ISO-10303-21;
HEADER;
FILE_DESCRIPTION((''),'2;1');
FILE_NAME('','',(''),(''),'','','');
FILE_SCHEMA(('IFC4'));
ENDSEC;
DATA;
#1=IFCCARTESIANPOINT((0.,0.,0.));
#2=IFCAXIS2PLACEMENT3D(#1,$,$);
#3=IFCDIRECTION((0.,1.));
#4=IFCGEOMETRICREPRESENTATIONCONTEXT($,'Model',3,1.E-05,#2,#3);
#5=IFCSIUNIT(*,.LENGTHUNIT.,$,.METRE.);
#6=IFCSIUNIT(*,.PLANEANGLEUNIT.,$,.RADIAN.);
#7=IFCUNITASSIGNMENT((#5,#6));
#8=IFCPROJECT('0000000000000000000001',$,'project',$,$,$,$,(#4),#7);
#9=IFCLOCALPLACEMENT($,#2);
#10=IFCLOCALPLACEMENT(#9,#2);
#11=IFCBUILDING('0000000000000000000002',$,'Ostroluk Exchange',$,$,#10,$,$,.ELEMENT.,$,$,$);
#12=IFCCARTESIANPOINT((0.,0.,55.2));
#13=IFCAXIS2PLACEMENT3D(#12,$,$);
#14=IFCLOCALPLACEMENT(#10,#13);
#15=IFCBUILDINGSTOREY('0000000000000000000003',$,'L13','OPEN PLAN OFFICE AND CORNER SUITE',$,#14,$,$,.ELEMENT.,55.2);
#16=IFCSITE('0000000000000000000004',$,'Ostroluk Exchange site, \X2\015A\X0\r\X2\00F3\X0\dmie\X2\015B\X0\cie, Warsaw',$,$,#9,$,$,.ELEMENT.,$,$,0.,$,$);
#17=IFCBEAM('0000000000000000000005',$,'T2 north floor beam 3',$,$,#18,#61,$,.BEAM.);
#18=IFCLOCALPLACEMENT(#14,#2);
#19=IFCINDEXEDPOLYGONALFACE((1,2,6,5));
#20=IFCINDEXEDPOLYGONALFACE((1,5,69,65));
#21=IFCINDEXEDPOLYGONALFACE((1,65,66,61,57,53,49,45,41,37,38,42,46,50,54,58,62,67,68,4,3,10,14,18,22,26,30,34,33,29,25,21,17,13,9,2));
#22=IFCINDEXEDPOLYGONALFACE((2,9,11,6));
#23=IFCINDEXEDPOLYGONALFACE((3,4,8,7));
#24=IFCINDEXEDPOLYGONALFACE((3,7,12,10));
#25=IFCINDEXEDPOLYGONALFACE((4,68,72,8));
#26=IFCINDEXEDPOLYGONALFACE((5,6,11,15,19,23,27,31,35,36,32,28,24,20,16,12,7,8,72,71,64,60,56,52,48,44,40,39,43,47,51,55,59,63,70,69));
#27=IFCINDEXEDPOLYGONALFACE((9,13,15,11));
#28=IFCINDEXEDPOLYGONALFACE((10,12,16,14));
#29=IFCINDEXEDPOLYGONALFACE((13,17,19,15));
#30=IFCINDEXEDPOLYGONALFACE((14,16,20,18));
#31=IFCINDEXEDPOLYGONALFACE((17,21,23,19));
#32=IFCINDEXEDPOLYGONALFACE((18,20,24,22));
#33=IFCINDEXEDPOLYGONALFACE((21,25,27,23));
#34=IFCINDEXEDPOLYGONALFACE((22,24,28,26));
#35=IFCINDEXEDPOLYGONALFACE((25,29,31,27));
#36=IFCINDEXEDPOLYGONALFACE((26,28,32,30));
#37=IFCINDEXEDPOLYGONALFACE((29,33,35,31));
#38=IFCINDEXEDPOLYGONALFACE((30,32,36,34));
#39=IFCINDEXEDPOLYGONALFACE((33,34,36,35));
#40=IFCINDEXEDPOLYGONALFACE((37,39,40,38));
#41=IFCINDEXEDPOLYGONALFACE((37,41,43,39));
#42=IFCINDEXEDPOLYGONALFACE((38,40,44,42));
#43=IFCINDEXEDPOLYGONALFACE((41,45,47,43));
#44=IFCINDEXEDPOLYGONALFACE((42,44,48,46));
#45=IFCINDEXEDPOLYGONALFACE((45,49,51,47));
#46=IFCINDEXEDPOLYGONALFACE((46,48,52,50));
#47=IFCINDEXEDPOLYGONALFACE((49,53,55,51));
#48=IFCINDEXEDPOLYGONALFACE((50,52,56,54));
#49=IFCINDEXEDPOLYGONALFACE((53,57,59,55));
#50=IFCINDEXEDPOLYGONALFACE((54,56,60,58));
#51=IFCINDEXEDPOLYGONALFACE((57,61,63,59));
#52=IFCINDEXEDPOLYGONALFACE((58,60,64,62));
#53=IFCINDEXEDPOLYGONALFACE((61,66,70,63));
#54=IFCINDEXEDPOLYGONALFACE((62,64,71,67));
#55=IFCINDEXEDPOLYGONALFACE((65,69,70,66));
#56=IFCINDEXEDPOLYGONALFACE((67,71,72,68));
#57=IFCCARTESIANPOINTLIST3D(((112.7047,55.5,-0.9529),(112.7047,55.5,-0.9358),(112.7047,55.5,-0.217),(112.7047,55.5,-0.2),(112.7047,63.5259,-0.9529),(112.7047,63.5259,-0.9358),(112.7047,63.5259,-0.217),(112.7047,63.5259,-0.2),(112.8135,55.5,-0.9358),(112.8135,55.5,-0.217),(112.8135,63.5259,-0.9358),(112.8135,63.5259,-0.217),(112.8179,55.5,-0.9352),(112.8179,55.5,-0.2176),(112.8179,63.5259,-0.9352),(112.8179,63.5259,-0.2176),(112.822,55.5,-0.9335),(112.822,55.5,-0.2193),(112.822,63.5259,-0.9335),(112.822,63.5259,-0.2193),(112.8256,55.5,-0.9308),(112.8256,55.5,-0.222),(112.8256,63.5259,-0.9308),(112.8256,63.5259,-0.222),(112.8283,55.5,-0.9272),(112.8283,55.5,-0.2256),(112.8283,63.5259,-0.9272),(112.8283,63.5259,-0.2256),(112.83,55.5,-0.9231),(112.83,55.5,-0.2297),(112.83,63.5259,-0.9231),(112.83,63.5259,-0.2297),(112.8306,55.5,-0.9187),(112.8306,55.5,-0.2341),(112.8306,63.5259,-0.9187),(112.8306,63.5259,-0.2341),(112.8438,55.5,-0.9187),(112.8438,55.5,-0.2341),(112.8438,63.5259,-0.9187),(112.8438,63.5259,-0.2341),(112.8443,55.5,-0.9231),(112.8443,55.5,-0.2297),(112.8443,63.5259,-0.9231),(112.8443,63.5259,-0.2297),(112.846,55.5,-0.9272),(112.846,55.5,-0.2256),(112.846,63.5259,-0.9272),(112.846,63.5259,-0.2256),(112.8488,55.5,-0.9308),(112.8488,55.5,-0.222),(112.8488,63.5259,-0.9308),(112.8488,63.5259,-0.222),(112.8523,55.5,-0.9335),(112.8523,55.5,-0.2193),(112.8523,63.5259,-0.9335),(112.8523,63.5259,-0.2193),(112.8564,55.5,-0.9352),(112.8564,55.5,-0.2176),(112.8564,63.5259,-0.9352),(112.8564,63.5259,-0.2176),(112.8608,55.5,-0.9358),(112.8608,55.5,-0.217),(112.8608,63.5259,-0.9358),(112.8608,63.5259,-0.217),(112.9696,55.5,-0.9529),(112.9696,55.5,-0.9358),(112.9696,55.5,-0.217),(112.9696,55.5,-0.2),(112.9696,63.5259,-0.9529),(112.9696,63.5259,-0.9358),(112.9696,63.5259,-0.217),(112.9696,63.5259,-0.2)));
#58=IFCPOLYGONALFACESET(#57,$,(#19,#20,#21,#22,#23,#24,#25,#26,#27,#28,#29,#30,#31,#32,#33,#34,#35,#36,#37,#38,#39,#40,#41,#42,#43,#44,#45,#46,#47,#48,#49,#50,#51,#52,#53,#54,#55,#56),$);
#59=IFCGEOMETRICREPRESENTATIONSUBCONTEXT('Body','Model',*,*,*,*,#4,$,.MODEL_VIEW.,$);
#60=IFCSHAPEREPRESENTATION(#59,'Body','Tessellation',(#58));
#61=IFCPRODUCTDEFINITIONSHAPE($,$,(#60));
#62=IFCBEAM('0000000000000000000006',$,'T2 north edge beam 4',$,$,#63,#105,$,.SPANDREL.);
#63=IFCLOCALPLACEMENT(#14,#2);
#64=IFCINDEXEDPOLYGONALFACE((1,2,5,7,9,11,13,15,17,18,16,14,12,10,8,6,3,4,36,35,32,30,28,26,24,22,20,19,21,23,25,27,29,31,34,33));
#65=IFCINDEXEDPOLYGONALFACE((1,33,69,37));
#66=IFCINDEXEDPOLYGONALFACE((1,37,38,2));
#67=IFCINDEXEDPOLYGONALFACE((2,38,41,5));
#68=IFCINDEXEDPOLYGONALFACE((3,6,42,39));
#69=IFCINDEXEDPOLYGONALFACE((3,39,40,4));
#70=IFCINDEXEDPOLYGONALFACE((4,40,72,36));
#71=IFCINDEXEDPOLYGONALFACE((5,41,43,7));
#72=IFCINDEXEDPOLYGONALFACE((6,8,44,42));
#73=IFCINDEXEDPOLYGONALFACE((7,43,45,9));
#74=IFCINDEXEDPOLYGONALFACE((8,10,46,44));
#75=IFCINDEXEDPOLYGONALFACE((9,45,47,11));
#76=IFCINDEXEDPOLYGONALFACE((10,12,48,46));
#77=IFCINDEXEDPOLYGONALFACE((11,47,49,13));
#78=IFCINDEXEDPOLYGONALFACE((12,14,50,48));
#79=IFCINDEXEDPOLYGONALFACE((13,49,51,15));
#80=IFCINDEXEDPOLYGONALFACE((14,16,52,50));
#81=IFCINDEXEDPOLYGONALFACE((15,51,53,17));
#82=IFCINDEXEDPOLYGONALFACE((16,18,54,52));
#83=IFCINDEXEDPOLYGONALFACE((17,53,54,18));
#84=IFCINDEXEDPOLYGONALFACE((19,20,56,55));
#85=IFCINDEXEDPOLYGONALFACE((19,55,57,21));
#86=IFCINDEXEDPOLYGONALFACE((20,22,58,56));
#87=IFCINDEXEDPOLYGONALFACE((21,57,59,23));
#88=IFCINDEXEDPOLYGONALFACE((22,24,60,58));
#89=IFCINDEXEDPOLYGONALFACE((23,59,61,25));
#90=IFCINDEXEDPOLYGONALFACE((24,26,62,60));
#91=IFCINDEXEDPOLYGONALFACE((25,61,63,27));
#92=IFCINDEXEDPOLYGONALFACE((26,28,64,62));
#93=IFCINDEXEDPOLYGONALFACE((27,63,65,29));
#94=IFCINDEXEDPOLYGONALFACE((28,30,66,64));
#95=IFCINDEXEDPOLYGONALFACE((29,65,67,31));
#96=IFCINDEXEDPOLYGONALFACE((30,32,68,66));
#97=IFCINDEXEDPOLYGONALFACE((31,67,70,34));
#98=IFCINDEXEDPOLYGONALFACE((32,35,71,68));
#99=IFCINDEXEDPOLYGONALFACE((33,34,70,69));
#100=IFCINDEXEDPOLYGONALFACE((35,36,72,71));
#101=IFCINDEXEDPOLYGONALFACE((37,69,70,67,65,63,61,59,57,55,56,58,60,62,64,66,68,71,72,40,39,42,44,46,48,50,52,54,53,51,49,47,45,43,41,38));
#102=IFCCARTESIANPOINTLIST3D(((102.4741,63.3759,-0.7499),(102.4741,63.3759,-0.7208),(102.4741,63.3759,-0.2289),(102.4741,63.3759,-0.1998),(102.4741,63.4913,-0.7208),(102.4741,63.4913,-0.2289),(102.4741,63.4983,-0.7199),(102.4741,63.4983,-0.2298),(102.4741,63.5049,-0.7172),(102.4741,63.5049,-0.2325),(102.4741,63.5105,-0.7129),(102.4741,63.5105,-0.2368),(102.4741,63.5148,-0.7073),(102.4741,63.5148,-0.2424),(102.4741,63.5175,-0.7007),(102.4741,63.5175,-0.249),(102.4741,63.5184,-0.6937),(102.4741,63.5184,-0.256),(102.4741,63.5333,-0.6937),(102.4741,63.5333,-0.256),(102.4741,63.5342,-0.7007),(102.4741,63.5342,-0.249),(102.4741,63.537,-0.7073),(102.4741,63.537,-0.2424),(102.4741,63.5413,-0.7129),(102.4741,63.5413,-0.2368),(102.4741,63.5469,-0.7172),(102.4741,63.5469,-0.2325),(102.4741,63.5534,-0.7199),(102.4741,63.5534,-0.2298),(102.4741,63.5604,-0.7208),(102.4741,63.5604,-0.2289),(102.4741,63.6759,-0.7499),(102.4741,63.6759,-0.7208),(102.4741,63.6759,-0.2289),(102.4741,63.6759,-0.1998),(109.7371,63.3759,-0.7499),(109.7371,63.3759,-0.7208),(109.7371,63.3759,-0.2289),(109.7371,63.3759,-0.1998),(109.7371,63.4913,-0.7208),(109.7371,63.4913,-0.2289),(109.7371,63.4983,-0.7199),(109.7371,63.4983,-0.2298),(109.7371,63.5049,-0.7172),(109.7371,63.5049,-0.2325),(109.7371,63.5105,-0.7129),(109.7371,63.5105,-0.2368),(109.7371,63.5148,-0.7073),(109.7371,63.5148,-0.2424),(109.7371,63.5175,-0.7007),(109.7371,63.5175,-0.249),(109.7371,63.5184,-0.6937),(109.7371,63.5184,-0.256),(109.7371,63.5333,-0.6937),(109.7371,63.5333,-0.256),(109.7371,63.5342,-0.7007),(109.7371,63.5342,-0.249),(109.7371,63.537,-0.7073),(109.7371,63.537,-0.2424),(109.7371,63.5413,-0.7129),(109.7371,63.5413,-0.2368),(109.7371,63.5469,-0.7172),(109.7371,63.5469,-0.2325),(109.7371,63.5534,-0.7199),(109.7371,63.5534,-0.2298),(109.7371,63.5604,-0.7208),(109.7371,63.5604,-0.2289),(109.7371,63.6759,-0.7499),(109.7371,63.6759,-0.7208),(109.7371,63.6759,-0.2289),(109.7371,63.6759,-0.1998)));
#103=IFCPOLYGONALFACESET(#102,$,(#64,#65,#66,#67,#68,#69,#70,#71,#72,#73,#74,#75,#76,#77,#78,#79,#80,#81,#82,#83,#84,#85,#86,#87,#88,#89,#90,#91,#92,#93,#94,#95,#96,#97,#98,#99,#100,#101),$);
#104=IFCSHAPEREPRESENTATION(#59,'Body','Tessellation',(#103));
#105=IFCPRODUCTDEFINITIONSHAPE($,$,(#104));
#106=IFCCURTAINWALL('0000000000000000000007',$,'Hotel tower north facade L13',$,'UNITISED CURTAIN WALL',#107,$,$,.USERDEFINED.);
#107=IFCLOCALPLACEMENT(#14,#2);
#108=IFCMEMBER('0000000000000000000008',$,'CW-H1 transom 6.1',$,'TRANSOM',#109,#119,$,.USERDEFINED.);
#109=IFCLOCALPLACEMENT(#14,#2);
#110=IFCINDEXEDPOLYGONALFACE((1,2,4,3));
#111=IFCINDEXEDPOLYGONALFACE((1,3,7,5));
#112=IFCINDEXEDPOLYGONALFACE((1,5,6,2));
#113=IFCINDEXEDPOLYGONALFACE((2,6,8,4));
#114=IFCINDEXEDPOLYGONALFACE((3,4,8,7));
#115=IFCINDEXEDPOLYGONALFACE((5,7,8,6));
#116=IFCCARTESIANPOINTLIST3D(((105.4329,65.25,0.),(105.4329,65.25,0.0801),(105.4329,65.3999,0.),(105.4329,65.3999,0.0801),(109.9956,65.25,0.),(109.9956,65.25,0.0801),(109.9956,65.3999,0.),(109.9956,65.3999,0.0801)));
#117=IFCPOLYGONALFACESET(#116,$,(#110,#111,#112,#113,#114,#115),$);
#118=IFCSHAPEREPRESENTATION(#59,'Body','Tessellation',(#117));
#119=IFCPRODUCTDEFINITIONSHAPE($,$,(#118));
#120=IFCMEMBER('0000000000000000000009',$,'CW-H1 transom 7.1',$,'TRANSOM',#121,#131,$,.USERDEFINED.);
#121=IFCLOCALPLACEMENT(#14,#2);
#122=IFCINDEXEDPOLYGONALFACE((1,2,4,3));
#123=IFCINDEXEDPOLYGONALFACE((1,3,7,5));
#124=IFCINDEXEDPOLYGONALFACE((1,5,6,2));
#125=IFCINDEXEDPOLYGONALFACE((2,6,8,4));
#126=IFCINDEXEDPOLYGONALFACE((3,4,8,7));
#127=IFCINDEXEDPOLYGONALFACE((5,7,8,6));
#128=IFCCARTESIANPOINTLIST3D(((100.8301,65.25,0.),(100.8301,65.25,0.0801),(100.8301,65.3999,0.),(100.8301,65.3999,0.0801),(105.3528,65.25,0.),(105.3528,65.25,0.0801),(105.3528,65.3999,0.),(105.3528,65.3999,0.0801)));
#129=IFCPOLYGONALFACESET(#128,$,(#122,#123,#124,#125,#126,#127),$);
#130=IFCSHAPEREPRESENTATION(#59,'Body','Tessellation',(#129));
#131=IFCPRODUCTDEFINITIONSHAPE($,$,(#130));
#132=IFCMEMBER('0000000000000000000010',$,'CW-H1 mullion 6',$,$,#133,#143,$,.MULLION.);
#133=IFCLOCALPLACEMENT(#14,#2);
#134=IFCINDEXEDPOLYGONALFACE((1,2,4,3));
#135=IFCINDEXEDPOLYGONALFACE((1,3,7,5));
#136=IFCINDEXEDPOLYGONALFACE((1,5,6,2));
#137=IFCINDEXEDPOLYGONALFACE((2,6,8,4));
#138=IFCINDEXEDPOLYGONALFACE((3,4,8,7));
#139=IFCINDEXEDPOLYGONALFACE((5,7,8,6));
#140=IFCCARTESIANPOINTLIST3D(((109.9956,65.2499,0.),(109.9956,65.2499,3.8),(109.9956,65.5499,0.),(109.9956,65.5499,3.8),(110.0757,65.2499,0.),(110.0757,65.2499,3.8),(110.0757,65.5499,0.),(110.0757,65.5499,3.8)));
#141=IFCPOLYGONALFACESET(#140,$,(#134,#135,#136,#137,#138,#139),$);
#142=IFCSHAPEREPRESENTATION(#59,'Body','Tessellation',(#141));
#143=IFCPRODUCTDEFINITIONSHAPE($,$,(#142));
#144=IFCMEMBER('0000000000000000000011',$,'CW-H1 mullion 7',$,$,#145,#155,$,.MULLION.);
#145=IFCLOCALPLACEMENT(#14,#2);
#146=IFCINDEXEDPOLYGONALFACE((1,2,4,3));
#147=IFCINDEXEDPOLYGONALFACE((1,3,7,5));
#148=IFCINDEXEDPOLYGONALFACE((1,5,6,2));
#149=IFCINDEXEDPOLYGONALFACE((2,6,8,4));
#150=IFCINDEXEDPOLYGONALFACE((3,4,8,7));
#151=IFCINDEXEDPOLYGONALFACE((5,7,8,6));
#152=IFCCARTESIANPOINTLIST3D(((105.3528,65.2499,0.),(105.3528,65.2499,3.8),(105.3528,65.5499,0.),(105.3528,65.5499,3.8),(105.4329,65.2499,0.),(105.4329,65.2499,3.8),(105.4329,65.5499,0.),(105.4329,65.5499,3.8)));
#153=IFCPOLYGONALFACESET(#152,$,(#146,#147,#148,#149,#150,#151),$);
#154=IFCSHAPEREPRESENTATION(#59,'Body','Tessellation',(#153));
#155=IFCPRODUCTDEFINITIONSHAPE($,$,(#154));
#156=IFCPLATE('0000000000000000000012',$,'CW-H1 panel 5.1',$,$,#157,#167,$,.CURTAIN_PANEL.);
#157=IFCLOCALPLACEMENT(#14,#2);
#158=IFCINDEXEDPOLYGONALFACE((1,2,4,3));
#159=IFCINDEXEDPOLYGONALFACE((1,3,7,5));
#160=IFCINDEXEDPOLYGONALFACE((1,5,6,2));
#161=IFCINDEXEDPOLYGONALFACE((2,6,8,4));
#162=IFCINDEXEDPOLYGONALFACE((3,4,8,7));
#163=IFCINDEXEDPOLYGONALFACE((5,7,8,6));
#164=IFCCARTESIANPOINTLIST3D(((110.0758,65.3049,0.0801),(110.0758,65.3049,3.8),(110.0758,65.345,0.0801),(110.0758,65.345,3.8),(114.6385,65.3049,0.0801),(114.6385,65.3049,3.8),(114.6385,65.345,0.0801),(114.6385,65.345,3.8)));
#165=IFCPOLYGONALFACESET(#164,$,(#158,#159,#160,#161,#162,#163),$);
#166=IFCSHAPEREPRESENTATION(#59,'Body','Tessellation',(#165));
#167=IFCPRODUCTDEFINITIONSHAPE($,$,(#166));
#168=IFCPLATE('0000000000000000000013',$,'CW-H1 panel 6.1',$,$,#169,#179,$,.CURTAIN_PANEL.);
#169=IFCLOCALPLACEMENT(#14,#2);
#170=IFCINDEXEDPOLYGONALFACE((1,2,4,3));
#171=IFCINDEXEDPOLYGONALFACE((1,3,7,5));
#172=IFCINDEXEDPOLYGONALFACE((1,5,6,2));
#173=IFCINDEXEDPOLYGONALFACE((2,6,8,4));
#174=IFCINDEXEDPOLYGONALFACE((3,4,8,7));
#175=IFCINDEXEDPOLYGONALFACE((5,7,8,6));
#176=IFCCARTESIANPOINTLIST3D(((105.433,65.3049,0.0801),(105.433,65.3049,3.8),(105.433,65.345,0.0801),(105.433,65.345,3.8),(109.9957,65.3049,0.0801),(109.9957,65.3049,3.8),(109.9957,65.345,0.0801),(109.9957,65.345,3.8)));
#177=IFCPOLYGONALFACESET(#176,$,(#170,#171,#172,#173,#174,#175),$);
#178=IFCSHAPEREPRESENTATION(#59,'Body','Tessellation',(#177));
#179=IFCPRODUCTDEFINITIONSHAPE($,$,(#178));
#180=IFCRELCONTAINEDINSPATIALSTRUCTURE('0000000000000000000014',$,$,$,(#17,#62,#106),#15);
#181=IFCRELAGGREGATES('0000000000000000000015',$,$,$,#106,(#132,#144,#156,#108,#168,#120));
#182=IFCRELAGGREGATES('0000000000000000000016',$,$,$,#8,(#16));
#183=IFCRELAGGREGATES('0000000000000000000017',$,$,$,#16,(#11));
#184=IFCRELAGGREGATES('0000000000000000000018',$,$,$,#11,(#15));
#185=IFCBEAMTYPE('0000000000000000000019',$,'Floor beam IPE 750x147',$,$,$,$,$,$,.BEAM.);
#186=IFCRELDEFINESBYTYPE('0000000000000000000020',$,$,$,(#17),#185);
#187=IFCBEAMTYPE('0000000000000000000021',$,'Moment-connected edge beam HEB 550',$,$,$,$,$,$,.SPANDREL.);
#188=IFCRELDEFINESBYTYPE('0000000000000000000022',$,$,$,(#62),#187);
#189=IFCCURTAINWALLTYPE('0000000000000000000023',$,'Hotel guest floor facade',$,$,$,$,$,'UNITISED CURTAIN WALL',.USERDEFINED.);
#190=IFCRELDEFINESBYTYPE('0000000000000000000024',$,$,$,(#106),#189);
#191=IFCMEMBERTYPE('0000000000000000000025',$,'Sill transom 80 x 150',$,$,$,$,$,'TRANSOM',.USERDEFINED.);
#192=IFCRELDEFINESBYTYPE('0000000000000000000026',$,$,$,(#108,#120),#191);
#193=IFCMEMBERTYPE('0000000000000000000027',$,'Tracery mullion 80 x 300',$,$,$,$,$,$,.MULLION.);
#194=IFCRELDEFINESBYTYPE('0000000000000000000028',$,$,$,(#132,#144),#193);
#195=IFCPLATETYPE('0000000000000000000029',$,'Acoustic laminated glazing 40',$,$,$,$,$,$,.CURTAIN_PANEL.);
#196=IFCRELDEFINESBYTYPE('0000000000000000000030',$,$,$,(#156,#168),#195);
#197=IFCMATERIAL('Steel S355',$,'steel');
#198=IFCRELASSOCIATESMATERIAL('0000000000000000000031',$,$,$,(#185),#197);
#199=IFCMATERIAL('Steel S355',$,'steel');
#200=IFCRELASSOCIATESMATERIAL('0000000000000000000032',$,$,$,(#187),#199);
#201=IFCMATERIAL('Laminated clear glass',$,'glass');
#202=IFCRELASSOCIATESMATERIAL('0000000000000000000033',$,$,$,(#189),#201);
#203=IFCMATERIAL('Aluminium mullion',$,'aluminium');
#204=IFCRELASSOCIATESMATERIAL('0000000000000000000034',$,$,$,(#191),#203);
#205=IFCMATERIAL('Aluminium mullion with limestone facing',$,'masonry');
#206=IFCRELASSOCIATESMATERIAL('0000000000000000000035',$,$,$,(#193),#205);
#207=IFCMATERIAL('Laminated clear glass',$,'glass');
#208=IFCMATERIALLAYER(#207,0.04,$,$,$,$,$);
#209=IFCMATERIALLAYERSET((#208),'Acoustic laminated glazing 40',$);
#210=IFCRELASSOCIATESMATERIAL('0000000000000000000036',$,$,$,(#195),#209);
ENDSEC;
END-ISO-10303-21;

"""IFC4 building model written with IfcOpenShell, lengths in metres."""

from ifc_helpers import new_model, si_unit, direction, frame, origin, origin_2d, place, context, subcontext, project, spatial, rectangle, i_section, extrude, material, layer, layer_set, material_profile, profile_set, type_object, element, aggregate, save


model = new_model("IFC4")

# Units and contexts
model_context = context("Model", 3, precision=1e-05, world=origin(), true_north=direction((0.0, 1.0)))
body_context = subcontext(model_context, "Body", "Model", "MODEL_VIEW")
ifc_project = project(units=[si_unit("LENGTHUNIT", "METRE"), si_unit("PLANEANGLEUNIT", "RADIAN")], contexts=[model_context])

# Site, building, storey
site_placement = place(None, origin())
site = spatial("IfcSite", under=ifc_project, at=site_placement, Name="Ostroluk Exchange site, Śródmieście, Warsaw", CompositionType="ELEMENT", RefElevation=0.0)
building_placement = place(site_placement, origin())
building = spatial("IfcBuilding", under=site, at=building_placement, Name="Ostroluk Exchange", CompositionType="ELEMENT")
storey_placement = place(building_placement, frame((0.0, 0.0, 55.2)))
storey = spatial("IfcBuildingStorey", under=building, at=storey_placement, Name="L13", Description="OPEN PLAN OFFICE AND CORNER SUITE", CompositionType="ELEMENT", Elevation=55.2)

# Beams
ifc_material_1 = material(Name="Steel S355", Category="steel")
ifc_material_profile_1 = material_profile(ifc_material_1, i_section(OverallWidth=0.2649, OverallDepth=0.7529, WebThickness=0.0132, FlangeThickness=0.0171, FilletRadius=0.0171, at=origin_2d()), Name="IPE 750x147")
ifc_profile_set_1 = profile_set([ifc_material_profile_1], Name="Steel S355")
beam_type_1 = type_object("IfcBeamType", Name="Floor beam IPE 750x147", PredefinedType="BEAM", material=ifc_profile_set_1)
beam_1_placement = place(storey_placement, frame((112.8372, 55.5, -0.5764), z_axis=(0.0, 1.0, 0.0), x_axis=(-1.0, 0.0, 0.0)))
element("IfcBeam", 1, at=beam_1_placement, inside=storey, type_object=beam_type_1, Name="T2 north floor beam 3", PredefinedType="BEAM", context=body_context, shape_type="SweptSolid", body=[
    extrude(i_section(OverallWidth=0.2649, OverallDepth=0.7529, WebThickness=0.0132, FlangeThickness=0.0171, FilletRadius=0.0171, at=origin_2d()), origin(), (0.0, 0.0, 1.0), 8.0259),
])
ifc_material_2 = material(Name="Steel S355", Category="steel")
ifc_material_profile_2 = material_profile(ifc_material_2, i_section(OverallWidth=0.3, OverallDepth=0.55, WebThickness=0.0149, FlangeThickness=0.0291, FilletRadius=0.0271, at=origin_2d()), Name="HEB 550")
ifc_profile_set_2 = profile_set([ifc_material_profile_2], Name="Steel S355")
beam_type_2 = type_object("IfcBeamType", Name="Moment-connected edge beam HEB 550", PredefinedType="SPANDREL", material=ifc_profile_set_2)
beam_2_placement = place(storey_placement, frame((109.7371, 63.5259, -0.4749), z_axis=(-1.0, 0.0, 0.0), x_axis=(0.0, -1.0, 0.0)))
element("IfcBeam", 2, at=beam_2_placement, inside=storey, type_object=beam_type_2, Name="T2 north edge beam 4", PredefinedType="SPANDREL", context=body_context, shape_type="SweptSolid", body=[
    extrude(i_section(OverallWidth=0.3, OverallDepth=0.55, WebThickness=0.0149, FlangeThickness=0.0291, FilletRadius=0.0271, at=origin_2d()), origin(), (0.0, 0.0, 1.0), 7.2629),
])

# Curtain wall, members, plates
ifc_material_3 = material(Name="Laminated clear glass", Category="glass")
curtain_wall_type = type_object("IfcCurtainWallType", Name="Hotel guest floor facade", ElementType="UNITISED CURTAIN WALL", PredefinedType="USERDEFINED", material=ifc_material_3)
curtain_wall_placement = place(storey_placement, origin())
curtain_wall = element("IfcCurtainWall", 3, at=curtain_wall_placement, inside=storey, type_object=curtain_wall_type, Name="Hotel tower north facade L13", ObjectType="UNITISED CURTAIN WALL", PredefinedType="USERDEFINED")
ifc_material_4 = material(Name="Aluminium mullion", Category="aluminium")
ifc_material_profile_3 = material_profile(ifc_material_4, rectangle(XDim=0.1499, YDim=0.0801, at=origin_2d()), Name="Sill transom 80 x 150")
ifc_profile_set_3 = profile_set([ifc_material_profile_3], Name="Aluminium mullion")
member_type_1 = type_object("IfcMemberType", Name="Sill transom 80 x 150", ElementType="TRANSOM", PredefinedType="USERDEFINED", material=ifc_profile_set_3)
member_1_placement = place(storey_placement, frame((109.9956, 65.325, 0.04), z_axis=(-1.0, 0.0, 0.0), x_axis=(0.0, -1.0, 0.0)))
member_1 = element("IfcMember", 4, at=member_1_placement, type_object=member_type_1, Name="CW-H1 transom 6.1", ObjectType="TRANSOM", PredefinedType="USERDEFINED", context=body_context, shape_type="SweptSolid", body=[
    extrude(rectangle(XDim=0.1499, YDim=0.0801, at=origin_2d()), origin(), (0.0, 0.0, 1.0), 4.5627),
])
member_2_placement = place(storey_placement, frame((105.3528, 65.325, 0.04), z_axis=(-1.0, 0.0, 0.0), x_axis=(0.0, -1.0, 0.0)))
member_2 = element("IfcMember", 5, at=member_2_placement, type_object=member_type_1, Name="CW-H1 transom 7.1", ObjectType="TRANSOM", PredefinedType="USERDEFINED", context=body_context, shape_type="SweptSolid", body=[
    extrude(rectangle(XDim=0.1499, YDim=0.0801, at=origin_2d()), origin(), (0.0, 0.0, 1.0), 4.5227),
])
ifc_material_5 = material(Name="Aluminium mullion with limestone facing", Category="masonry")
ifc_material_profile_4 = material_profile(ifc_material_5, rectangle(XDim=0.3, YDim=0.0801, at=origin_2d()), Name="Tracery mullion 80 x 300")
ifc_profile_set_4 = profile_set([ifc_material_profile_4], Name="Aluminium mullion with limestone facing")
member_type_2 = type_object("IfcMemberType", Name="Tracery mullion 80 x 300", PredefinedType="MULLION", material=ifc_profile_set_4)
member_3_placement = place(storey_placement, frame((110.0356, 65.3999, 0.0), z_axis=(0.0, 0.0, 1.0), x_axis=(0.0, -1.0, 0.0)))
member_3 = element("IfcMember", 6, at=member_3_placement, type_object=member_type_2, Name="CW-H1 mullion 6", PredefinedType="MULLION", context=body_context, shape_type="SweptSolid", body=[
    extrude(rectangle(XDim=0.3, YDim=0.0801, at=origin_2d()), origin(), (0.0, 0.0, 1.0), 3.8),
])
member_4_placement = place(storey_placement, frame((105.3928, 65.3999, 0.0), z_axis=(0.0, 0.0, 1.0), x_axis=(0.0, -1.0, 0.0)))
member_4 = element("IfcMember", 7, at=member_4_placement, type_object=member_type_2, Name="CW-H1 mullion 7", PredefinedType="MULLION", context=body_context, shape_type="SweptSolid", body=[
    extrude(rectangle(XDim=0.3, YDim=0.0801, at=origin_2d()), origin(), (0.0, 0.0, 1.0), 3.8),
])
ifc_material_6 = material(Name="Laminated clear glass", Category="glass")
ifc_layer_1 = layer(ifc_material_6, 0.04)
ifc_layer_set_1 = layer_set([ifc_layer_1], Name="Acoustic laminated glazing 40")
plate_type = type_object("IfcPlateType", Name="Acoustic laminated glazing 40", PredefinedType="CURTAIN_PANEL", material=ifc_layer_set_1)
plate_1_placement = place(storey_placement, frame((112.3572, 65.325, 0.0801), z_axis=(0.0, 0.0, 1.0), x_axis=(-1.0, 0.0, 0.0)))
plate_1 = element("IfcPlate", 8, at=plate_1_placement, type_object=plate_type, Name="CW-H1 panel 5.1", PredefinedType="CURTAIN_PANEL", context=body_context, shape_type="SweptSolid", body=[
    extrude(rectangle(XDim=4.5627, YDim=0.04, at=origin_2d()), origin(), (0.0, 0.0, 1.0), 3.72),
])
plate_2_placement = place(storey_placement, frame((107.7144, 65.325, 0.0801), z_axis=(0.0, 0.0, 1.0), x_axis=(-1.0, 0.0, 0.0)))
plate_2 = element("IfcPlate", 9, at=plate_2_placement, type_object=plate_type, Name="CW-H1 panel 6.1", PredefinedType="CURTAIN_PANEL", context=body_context, shape_type="SweptSolid", body=[
    extrude(rectangle(XDim=4.5627, YDim=0.04, at=origin_2d()), origin(), (0.0, 0.0, 1.0), 3.72),
])
aggregate(curtain_wall, [member_3, member_4, plate_1, member_1, plate_2, member_2])

save(model, "model.ifc")
